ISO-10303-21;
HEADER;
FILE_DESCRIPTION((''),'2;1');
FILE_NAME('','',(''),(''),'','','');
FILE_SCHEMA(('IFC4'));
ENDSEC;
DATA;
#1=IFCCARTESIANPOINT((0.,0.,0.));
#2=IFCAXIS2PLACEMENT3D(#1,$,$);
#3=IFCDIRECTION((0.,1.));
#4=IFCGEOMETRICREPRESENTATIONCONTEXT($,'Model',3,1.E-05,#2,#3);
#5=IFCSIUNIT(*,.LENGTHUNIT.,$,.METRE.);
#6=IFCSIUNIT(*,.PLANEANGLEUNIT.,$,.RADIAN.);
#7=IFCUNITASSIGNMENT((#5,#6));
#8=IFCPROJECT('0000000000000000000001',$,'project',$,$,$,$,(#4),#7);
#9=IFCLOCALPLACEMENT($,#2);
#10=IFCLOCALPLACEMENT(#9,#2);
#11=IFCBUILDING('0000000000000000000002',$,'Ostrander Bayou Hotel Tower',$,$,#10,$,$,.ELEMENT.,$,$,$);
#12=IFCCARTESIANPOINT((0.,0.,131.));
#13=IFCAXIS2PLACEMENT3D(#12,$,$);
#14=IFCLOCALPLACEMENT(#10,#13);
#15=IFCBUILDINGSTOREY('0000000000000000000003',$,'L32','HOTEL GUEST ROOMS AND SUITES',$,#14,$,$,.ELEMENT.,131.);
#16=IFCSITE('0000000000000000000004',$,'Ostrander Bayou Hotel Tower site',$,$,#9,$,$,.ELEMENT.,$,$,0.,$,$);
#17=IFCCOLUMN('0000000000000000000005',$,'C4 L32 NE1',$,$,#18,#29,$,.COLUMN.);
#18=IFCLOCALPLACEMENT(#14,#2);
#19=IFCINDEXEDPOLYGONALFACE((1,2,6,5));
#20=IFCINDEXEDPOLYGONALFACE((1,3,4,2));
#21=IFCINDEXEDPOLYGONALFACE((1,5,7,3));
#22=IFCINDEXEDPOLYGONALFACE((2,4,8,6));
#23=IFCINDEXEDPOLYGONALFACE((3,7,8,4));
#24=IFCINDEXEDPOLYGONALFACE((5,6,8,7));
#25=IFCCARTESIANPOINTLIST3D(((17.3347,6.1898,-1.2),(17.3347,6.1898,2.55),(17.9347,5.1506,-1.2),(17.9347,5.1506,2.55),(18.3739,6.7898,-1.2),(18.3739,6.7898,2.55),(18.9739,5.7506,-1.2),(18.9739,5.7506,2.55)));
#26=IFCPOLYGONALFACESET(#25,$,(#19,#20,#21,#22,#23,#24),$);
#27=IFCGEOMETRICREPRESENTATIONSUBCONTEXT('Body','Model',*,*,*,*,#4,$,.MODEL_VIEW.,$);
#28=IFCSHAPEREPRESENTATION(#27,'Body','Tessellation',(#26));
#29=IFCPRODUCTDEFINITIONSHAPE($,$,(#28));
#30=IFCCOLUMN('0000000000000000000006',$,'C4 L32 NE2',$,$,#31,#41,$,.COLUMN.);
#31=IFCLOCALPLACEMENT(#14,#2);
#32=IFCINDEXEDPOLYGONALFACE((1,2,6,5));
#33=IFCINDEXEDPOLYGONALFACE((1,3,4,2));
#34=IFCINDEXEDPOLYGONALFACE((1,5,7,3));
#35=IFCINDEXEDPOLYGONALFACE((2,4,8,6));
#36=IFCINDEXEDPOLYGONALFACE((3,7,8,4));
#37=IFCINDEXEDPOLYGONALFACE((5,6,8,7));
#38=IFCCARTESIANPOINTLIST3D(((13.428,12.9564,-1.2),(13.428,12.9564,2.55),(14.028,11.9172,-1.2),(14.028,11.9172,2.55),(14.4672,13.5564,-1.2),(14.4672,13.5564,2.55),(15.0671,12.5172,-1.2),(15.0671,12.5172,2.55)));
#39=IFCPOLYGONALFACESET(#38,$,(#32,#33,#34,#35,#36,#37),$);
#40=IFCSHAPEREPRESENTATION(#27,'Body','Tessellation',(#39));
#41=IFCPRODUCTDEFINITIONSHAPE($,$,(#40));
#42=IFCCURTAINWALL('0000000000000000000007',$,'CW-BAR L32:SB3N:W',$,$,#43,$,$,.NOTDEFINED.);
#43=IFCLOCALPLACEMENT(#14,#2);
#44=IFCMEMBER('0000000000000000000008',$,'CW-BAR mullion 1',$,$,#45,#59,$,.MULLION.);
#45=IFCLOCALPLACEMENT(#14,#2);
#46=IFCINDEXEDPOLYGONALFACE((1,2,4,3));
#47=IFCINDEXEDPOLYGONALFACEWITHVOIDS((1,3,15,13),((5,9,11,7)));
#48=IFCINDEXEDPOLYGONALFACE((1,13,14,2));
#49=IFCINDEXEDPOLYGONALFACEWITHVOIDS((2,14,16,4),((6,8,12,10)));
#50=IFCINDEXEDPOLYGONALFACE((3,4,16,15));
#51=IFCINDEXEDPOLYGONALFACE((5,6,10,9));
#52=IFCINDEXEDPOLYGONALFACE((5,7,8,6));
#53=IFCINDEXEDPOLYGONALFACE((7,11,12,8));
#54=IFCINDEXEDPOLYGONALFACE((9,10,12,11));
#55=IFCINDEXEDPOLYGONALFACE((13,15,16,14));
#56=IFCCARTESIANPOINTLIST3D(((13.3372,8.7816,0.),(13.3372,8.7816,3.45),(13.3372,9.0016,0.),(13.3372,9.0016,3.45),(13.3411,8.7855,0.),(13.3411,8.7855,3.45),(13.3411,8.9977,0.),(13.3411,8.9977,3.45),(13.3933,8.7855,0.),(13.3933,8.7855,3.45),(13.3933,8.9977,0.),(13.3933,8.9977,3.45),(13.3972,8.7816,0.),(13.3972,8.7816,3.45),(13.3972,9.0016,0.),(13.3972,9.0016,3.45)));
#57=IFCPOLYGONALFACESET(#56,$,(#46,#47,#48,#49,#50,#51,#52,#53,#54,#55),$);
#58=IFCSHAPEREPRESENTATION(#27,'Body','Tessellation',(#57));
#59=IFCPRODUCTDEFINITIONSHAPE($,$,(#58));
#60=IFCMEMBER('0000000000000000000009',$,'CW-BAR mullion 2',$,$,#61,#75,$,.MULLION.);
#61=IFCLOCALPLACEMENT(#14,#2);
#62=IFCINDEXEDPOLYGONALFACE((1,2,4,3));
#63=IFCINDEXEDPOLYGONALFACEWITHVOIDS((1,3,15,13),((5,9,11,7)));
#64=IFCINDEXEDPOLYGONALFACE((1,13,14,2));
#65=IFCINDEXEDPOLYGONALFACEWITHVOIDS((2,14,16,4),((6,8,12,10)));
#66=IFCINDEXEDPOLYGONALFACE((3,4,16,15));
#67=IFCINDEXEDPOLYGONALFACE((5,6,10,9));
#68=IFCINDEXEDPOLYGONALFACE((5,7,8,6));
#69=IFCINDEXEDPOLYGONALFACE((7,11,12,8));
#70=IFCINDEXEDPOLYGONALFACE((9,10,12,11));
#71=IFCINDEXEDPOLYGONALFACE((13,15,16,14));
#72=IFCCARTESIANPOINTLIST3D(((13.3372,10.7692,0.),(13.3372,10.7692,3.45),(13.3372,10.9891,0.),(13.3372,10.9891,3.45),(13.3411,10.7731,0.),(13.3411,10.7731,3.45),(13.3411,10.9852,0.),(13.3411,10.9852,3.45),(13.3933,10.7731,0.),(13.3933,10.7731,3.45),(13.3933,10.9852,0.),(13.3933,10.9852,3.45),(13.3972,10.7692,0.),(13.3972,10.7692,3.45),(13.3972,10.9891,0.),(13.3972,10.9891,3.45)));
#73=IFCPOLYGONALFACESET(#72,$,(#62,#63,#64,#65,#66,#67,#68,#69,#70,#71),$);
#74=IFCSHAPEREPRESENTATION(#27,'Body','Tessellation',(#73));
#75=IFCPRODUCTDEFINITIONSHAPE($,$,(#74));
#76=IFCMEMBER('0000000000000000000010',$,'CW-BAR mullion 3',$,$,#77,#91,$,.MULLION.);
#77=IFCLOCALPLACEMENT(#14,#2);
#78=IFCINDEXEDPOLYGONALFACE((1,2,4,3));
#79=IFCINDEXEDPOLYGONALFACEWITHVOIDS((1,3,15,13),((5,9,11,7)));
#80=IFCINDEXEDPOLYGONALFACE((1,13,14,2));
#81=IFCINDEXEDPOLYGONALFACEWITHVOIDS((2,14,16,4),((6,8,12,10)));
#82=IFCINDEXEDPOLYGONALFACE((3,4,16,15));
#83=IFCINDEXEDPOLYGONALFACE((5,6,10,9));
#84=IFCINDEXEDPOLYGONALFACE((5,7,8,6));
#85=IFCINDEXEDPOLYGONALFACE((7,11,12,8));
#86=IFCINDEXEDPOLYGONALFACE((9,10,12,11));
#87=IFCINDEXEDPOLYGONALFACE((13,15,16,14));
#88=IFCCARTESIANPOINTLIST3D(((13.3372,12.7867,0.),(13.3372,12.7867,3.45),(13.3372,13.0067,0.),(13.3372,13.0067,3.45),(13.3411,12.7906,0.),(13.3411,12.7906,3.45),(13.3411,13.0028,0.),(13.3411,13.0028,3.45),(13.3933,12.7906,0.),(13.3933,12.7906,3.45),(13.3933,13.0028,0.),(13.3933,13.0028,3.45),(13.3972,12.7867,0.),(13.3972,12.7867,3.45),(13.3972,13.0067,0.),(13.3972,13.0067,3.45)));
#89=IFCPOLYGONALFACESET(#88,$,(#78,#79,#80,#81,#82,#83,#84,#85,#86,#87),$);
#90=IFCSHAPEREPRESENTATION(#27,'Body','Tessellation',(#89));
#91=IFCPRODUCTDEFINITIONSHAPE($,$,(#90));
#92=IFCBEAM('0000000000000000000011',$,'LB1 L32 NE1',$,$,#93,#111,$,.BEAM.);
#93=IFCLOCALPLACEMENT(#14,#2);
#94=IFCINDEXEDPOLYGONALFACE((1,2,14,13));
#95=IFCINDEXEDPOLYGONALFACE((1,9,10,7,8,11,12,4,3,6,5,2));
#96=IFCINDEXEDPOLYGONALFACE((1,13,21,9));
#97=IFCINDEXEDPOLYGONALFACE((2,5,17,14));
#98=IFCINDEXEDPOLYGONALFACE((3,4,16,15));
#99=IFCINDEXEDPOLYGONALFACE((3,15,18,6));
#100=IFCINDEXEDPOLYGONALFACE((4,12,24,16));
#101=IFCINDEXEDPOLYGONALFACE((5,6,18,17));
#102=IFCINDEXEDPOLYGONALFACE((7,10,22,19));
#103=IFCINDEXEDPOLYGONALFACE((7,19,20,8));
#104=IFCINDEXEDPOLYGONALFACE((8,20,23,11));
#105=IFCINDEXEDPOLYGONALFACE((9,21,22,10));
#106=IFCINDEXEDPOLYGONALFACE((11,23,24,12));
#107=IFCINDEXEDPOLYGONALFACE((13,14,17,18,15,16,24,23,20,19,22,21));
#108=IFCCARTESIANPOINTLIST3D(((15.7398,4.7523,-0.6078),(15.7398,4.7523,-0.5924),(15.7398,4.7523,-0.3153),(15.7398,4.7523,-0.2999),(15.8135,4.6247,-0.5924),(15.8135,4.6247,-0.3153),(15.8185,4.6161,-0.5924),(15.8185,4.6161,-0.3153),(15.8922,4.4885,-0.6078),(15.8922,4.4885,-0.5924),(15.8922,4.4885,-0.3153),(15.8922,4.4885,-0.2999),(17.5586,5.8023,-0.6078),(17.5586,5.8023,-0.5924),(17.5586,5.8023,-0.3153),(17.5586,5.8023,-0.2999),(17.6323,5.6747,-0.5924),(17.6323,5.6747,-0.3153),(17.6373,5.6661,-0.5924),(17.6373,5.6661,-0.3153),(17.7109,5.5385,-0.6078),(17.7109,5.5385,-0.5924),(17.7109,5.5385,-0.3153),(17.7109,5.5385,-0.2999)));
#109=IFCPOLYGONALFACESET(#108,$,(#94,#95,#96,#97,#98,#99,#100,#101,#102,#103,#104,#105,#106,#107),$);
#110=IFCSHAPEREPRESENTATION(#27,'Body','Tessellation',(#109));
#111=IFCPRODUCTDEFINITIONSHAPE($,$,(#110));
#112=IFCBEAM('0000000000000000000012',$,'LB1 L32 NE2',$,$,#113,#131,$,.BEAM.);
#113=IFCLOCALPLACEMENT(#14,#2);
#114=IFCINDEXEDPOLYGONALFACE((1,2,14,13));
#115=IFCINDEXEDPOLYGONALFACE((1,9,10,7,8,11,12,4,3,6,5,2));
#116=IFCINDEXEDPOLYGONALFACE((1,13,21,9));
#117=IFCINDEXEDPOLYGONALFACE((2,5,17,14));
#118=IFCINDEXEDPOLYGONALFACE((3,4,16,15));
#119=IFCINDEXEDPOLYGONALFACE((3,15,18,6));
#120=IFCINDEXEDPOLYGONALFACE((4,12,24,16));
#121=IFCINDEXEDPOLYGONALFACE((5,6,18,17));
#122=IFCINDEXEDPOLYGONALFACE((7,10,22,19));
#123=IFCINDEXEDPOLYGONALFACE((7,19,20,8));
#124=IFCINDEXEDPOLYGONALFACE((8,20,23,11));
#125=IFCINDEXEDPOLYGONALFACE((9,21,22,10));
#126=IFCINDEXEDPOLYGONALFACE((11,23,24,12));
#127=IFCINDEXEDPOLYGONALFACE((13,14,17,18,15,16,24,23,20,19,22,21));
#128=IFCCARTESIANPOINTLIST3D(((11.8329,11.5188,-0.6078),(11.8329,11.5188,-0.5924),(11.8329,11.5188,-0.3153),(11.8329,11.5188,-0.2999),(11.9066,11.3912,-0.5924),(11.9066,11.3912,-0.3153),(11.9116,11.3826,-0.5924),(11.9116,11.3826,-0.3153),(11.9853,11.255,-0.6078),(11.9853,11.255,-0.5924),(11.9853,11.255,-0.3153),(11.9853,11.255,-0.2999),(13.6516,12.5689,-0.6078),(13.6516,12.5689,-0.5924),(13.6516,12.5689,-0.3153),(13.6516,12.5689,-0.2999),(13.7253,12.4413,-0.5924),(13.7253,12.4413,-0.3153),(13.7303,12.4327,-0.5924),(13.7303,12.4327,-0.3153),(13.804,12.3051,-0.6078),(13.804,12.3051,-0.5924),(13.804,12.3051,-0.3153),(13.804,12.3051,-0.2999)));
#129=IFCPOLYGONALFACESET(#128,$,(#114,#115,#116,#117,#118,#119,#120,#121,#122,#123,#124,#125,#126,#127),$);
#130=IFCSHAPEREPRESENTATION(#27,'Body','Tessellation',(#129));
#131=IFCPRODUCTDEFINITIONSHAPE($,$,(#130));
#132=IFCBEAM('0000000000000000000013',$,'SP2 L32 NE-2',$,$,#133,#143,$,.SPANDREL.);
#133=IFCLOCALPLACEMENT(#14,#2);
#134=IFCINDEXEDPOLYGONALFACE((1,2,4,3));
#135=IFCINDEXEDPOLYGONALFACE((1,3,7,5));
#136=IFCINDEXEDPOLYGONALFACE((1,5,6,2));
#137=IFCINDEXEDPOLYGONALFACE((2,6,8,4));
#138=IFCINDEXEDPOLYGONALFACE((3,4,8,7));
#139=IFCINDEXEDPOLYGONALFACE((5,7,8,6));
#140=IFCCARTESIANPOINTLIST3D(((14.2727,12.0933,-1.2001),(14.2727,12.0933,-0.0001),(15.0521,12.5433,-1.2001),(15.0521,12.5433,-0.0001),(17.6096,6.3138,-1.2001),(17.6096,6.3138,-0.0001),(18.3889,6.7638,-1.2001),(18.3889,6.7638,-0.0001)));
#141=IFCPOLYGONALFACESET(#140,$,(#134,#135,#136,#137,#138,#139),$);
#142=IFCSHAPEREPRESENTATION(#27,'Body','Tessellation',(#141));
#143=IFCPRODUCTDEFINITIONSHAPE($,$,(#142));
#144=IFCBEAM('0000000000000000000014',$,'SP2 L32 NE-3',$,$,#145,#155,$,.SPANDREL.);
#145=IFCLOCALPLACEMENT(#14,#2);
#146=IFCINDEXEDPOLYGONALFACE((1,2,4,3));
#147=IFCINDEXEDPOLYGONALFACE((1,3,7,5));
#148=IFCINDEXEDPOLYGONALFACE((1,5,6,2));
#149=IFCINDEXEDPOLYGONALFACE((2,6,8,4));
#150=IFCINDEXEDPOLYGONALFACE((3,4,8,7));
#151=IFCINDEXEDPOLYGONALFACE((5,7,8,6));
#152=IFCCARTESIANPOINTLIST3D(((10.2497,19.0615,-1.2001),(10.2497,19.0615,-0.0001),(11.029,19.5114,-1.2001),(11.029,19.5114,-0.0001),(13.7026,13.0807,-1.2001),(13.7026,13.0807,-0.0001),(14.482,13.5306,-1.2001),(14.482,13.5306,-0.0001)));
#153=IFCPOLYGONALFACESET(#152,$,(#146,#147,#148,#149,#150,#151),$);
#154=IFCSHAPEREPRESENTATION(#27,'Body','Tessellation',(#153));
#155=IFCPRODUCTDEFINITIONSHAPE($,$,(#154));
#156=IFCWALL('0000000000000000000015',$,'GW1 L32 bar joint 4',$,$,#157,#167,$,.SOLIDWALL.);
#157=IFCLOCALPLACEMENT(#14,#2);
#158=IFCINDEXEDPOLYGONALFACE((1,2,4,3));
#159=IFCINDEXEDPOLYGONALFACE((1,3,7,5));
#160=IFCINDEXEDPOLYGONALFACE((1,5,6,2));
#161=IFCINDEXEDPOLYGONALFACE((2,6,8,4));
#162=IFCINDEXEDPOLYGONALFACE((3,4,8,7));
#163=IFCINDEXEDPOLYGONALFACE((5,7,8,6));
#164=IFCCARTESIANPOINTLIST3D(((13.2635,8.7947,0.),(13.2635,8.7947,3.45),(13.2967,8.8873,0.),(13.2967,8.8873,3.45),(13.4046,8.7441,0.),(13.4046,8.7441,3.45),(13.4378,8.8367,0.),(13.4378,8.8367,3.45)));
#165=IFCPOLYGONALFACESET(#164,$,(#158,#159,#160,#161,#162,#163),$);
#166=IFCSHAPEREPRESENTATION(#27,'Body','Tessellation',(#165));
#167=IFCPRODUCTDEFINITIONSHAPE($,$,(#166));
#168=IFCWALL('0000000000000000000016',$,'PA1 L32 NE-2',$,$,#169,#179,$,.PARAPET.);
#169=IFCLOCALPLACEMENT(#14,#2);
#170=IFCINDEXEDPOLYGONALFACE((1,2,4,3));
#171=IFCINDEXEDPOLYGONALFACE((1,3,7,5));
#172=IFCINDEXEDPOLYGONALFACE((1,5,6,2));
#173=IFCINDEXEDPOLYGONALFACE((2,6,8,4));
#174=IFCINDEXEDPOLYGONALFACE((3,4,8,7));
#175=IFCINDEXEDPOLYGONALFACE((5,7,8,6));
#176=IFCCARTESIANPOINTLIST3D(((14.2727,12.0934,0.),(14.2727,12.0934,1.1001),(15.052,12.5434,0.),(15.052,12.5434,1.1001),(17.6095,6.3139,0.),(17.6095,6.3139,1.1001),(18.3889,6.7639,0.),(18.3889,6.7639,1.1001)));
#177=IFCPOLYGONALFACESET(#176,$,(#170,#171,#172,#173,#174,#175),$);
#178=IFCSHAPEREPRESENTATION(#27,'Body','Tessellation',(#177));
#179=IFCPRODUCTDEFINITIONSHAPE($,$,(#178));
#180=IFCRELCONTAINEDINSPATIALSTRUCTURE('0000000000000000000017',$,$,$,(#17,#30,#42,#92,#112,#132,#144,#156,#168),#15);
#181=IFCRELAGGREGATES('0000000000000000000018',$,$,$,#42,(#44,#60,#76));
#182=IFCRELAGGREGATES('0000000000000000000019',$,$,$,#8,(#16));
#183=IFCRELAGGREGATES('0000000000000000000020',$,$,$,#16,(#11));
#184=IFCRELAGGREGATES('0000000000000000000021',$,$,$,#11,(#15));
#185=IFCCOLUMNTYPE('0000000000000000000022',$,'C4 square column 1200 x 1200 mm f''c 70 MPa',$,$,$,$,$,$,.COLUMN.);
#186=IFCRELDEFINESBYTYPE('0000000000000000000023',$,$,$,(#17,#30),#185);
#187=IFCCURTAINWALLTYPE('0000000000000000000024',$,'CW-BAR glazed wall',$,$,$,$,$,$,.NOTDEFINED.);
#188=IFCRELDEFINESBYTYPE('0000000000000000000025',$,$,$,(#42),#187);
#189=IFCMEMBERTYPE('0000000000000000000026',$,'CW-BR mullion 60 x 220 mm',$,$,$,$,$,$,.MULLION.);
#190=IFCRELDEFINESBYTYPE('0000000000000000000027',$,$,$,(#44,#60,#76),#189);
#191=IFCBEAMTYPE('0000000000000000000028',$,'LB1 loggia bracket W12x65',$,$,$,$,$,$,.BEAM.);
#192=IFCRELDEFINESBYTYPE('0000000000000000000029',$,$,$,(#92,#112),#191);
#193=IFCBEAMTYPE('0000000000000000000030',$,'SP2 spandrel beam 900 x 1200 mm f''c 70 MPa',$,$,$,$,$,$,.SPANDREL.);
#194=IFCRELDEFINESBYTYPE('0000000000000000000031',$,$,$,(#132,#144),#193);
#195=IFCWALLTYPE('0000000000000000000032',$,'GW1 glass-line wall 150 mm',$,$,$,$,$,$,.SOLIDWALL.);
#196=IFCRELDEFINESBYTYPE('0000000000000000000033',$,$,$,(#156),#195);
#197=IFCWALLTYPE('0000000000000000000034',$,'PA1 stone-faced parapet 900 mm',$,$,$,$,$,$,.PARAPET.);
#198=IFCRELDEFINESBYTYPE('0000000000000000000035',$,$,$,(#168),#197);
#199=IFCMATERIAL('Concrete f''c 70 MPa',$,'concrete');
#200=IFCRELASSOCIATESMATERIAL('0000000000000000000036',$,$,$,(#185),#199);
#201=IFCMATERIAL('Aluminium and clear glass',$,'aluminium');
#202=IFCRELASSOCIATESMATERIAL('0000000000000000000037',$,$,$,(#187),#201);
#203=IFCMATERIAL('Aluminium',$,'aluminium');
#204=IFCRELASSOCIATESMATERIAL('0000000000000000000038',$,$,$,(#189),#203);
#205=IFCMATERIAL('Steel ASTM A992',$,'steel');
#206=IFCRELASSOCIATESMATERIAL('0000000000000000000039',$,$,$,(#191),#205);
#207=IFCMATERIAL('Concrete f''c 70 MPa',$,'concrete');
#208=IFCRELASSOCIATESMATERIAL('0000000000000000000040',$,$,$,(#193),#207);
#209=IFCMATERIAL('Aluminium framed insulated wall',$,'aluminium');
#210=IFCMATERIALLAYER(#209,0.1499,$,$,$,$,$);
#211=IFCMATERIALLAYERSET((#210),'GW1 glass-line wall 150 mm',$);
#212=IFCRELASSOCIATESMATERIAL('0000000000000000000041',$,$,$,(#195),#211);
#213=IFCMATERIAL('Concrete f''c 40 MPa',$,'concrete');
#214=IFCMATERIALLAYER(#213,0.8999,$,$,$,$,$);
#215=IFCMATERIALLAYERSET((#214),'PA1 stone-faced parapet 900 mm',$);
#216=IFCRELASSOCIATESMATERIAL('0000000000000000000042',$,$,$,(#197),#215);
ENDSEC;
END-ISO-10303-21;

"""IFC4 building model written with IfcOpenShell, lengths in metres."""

from ifc_helpers import new_model, si_unit, direction, frame, frame_2d, origin, origin_2d, place, context, subcontext, project, spatial, rectangle, hollow_rectangle, i_section, extrude, material, layer, layer_set, material_profile, profile_set, type_object, element, aggregate, save


model = new_model("IFC4")

# Units and contexts
model_context = context("Model", 3, precision=1e-05, world=origin(), true_north=direction((0.0, 1.0)))
body_context = subcontext(model_context, "Body", "Model", "MODEL_VIEW")
ifc_project = project(units=[si_unit("LENGTHUNIT", "METRE"), si_unit("PLANEANGLEUNIT", "RADIAN")], contexts=[model_context])

# Site, building, storey
site_placement = place(None, origin())
site = spatial("IfcSite", under=ifc_project, at=site_placement, Name="Ostrander Bayou Hotel Tower site", CompositionType="ELEMENT", RefElevation=0.0)
building_placement = place(site_placement, origin())
building = spatial("IfcBuilding", under=site, at=building_placement, Name="Ostrander Bayou Hotel Tower", CompositionType="ELEMENT")
storey_placement = place(building_placement, frame((0.0, 0.0, 131.0)))
storey = spatial("IfcBuildingStorey", under=building, at=storey_placement, Name="L32", Description="HOTEL GUEST ROOMS AND SUITES", CompositionType="ELEMENT", Elevation=131.0)

# Columns
ifc_material_1 = material(Name="Concrete f'c 70 MPa", Category="concrete")
ifc_material_profile_1 = material_profile(ifc_material_1, rectangle(XDim=1.2, YDim=1.2, at=origin_2d()))
ifc_profile_set_1 = profile_set([ifc_material_profile_1], Name="Concrete f'c 70 MPa")
column_type = type_object("IfcColumnType", Name="C4 square column 1200 x 1200 mm f'c 70 MPa", PredefinedType="COLUMN", material=ifc_profile_set_1)
for number, where, z_axis, x_axis, name in (
    (1, (18.1543, 5.9702, -1.2), (0.0, 0.0, 1.0), (0.5, -0.866025, 0.0), "C4 L32 NE1"),
    (2, (14.2476, 12.7368, -1.2), (0.0, 0.0, 1.0), (0.5, -0.866025, 0.0), "C4 L32 NE2"),
):
    element("IfcColumn", number, at=place(storey_placement, frame(where, z_axis=z_axis, x_axis=x_axis)), inside=storey, type_object=column_type, Name=name, PredefinedType="COLUMN", context=body_context, shape_type="SweptSolid", body=[
        extrude(rectangle(XDim=1.2, YDim=1.2, at=origin_2d()), origin(), (0.0, 0.0, 1.0), 3.75),
    ])

# Curtain wall, members
ifc_material_2 = material(Name="Aluminium and clear glass", Category="aluminium")
curtain_wall_type = type_object("IfcCurtainWallType", Name="CW-BAR glazed wall", PredefinedType="NOTDEFINED", material=ifc_material_2)
curtain_wall_placement = place(storey_placement, origin())
curtain_wall = element("IfcCurtainWall", 3, at=curtain_wall_placement, inside=storey, type_object=curtain_wall_type, Name="CW-BAR L32:SB3N:W", PredefinedType="NOTDEFINED")
ifc_material_3 = material(Name="Aluminium", Category="aluminium")
ifc_material_profile_2 = material_profile(ifc_material_3, hollow_rectangle(XDim=0.0601, YDim=0.22, WallThickness=0.0039, at=origin_2d()))
ifc_profile_set_2 = profile_set([ifc_material_profile_2], Name="Aluminium")
member_type = type_object("IfcMemberType", Name="CW-BR mullion 60 x 220 mm", PredefinedType="MULLION", material=ifc_profile_set_2)
member_1_placement = place(storey_placement, frame((13.3672, 8.8916, 0.0), z_axis=(0.0, 0.0, 1.0), x_axis=(-1.0, 0.0, 0.0)))
member_1 = element("IfcMember", 4, at=member_1_placement, type_object=member_type, Name="CW-BAR mullion 1", PredefinedType="MULLION", context=body_context, shape_type="SweptSolid", body=[
    extrude(hollow_rectangle(XDim=0.0601, YDim=0.22, WallThickness=0.0039, at=origin_2d()), origin(), (0.0, 0.0, 1.0), 3.45),
])
member_2_placement = place(storey_placement, frame((13.3672, 10.8792, 0.0), z_axis=(0.0, 0.0, 1.0), x_axis=(-1.0, 0.0, 0.0)))
member_2 = element("IfcMember", 5, at=member_2_placement, type_object=member_type, Name="CW-BAR mullion 2", PredefinedType="MULLION", context=body_context, shape_type="SweptSolid", body=[
    extrude(hollow_rectangle(XDim=0.0601, YDim=0.22, WallThickness=0.0039, at=origin_2d()), origin(), (0.0, 0.0, 1.0), 3.45),
])
member_3_placement = place(storey_placement, frame((13.3672, 12.8967, 0.0), z_axis=(0.0, 0.0, 1.0), x_axis=(-1.0, 0.0, 0.0)))
member_3 = element("IfcMember", 6, at=member_3_placement, type_object=member_type, Name="CW-BAR mullion 3", PredefinedType="MULLION", context=body_context, shape_type="SweptSolid", body=[
    extrude(hollow_rectangle(XDim=0.0601, YDim=0.22, WallThickness=0.0039, at=origin_2d()), origin(), (0.0, 0.0, 1.0), 3.45),
])
aggregate(curtain_wall, [member_1, member_2, member_3])

# Beams
ifc_material_4 = material(Name="Steel ASTM A992", Category="steel")
ifc_material_profile_3 = material_profile(ifc_material_4, i_section(OverallWidth=0.3047, OverallDepth=0.3079, WebThickness=0.01, FlangeThickness=0.0154, at=origin_2d()))
ifc_profile_set_3 = profile_set([ifc_material_profile_3], Name="Steel ASTM A992")
beam_type_1 = type_object("IfcBeamType", Name="LB1 loggia bracket W12x65", PredefinedType="BEAM", material=ifc_profile_set_3)
for number, where, z_axis, x_axis, name in (
    (7, (17.6348, 5.6704, -0.4539), (-0.866038, -0.499977, 0.0), (0.499977, -0.866038, 0.0), "LB1 L32 NE1"),
    (8, (13.7278, 12.437, -0.4539), (-0.866009, -0.500028, 0.0), (0.500028, -0.866009, 0.0), "LB1 L32 NE2"),
):
    element("IfcBeam", number, at=place(storey_placement, frame(where, z_axis=z_axis, x_axis=x_axis)), inside=storey, type_object=beam_type_1, Name=name, PredefinedType="BEAM", context=body_context, shape_type="SweptSolid", body=[
        extrude(i_section(OverallWidth=0.3047, OverallDepth=0.3079, WebThickness=0.01, FlangeThickness=0.0154, at=origin_2d()), origin(), (0.0, 0.0, 1.0), 2.1001),
    ])
ifc_material_5 = material(Name="Concrete f'c 70 MPa", Category="concrete")
ifc_material_profile_4 = material_profile(ifc_material_5, rectangle(XDim=0.8999, YDim=1.2, at=origin_2d()))
ifc_profile_set_4 = profile_set([ifc_material_profile_4], Name="Concrete f'c 70 MPa")
beam_type_2 = type_object("IfcBeamType", Name="SP2 spandrel beam 900 x 1200 mm f'c 70 MPa", PredefinedType="SPANDREL", material=ifc_profile_set_4)
beam_1_placement = place(storey_placement, frame((17.9993, 6.5388, -0.6001), z_axis=(-0.500011, 0.866019, 0.0), x_axis=(-0.866019, -0.500011, 0.0)))
element("IfcBeam", 9, at=beam_1_placement, inside=storey, type_object=beam_type_2, Name="SP2 L32 NE-2", PredefinedType="SPANDREL", context=body_context, shape_type="SweptSolid", body=[
    extrude(rectangle(XDim=0.8999, YDim=1.2, at=origin_2d()), origin(), (0.0, 0.0, 1.0), 6.6736),
])
beam_2_placement = place(storey_placement, frame((14.0923, 13.3057, -0.6001), z_axis=(-0.499991, 0.866031, 0.0), x_axis=(-0.866031, -0.499991, 0.0)))
element("IfcBeam", 10, at=beam_2_placement, inside=storey, type_object=beam_type_2, Name="SP2 L32 NE-3", PredefinedType="SPANDREL", context=body_context, shape_type="SweptSolid", body=[
    extrude(rectangle(XDim=0.8999, YDim=1.2, at=origin_2d()), origin(), (0.0, 0.0, 1.0), 6.906),
])

# Walls
ifc_material_6 = material(Name="Aluminium framed insulated wall", Category="aluminium")
ifc_layer_1 = layer(ifc_material_6, 0.1499)
ifc_layer_set_1 = layer_set([ifc_layer_1], Name="GW1 glass-line wall 150 mm")
wall_type_1 = type_object("IfcWallType", Name="GW1 glass-line wall 150 mm", PredefinedType="SOLIDWALL", material=ifc_layer_set_1)
wall_1_placement = place(storey_placement, frame((13.334, 8.7693, 0.0), z_axis=(0.0, 0.0, 1.0), x_axis=(0.337752, 0.941235, 0.0)))
element("IfcWall", 11, at=wall_1_placement, inside=storey, type_object=wall_type_1, Name="GW1 L32 bar joint 4", PredefinedType="SOLIDWALL", context=body_context, shape_type="SweptSolid", body=[
    extrude(rectangle(XDim=0.0984, YDim=0.1499, at=frame_2d((0.0493, 0.0))), origin(), (0.0, 0.0, 1.0), 3.45),
])
ifc_material_7 = material(Name="Concrete f'c 40 MPa", Category="concrete")
ifc_layer_2 = layer(ifc_material_7, 0.8999)
ifc_layer_set_2 = layer_set([ifc_layer_2], Name="PA1 stone-faced parapet 900 mm")
wall_type_2 = type_object("IfcWallType", Name="PA1 stone-faced parapet 900 mm", PredefinedType="PARAPET", material=ifc_layer_set_2)
wall_2_placement = place(storey_placement, frame((17.9993, 6.5388, 0.0), z_axis=(0.0, 0.0, 1.0), x_axis=(-0.500011, 0.866019, 0.0)))
element("IfcWall", 12, at=wall_2_placement, inside=storey, type_object=wall_type_2, Name="PA1 L32 NE-2", PredefinedType="PARAPET", context=body_context, shape_type="SweptSolid", body=[
    extrude(rectangle(XDim=6.6736, YDim=0.8999, at=frame_2d((3.3369, 0.0))), origin(), (0.0, 0.0, 1.0), 1.1001),
])

save(model, "model.ifc")
